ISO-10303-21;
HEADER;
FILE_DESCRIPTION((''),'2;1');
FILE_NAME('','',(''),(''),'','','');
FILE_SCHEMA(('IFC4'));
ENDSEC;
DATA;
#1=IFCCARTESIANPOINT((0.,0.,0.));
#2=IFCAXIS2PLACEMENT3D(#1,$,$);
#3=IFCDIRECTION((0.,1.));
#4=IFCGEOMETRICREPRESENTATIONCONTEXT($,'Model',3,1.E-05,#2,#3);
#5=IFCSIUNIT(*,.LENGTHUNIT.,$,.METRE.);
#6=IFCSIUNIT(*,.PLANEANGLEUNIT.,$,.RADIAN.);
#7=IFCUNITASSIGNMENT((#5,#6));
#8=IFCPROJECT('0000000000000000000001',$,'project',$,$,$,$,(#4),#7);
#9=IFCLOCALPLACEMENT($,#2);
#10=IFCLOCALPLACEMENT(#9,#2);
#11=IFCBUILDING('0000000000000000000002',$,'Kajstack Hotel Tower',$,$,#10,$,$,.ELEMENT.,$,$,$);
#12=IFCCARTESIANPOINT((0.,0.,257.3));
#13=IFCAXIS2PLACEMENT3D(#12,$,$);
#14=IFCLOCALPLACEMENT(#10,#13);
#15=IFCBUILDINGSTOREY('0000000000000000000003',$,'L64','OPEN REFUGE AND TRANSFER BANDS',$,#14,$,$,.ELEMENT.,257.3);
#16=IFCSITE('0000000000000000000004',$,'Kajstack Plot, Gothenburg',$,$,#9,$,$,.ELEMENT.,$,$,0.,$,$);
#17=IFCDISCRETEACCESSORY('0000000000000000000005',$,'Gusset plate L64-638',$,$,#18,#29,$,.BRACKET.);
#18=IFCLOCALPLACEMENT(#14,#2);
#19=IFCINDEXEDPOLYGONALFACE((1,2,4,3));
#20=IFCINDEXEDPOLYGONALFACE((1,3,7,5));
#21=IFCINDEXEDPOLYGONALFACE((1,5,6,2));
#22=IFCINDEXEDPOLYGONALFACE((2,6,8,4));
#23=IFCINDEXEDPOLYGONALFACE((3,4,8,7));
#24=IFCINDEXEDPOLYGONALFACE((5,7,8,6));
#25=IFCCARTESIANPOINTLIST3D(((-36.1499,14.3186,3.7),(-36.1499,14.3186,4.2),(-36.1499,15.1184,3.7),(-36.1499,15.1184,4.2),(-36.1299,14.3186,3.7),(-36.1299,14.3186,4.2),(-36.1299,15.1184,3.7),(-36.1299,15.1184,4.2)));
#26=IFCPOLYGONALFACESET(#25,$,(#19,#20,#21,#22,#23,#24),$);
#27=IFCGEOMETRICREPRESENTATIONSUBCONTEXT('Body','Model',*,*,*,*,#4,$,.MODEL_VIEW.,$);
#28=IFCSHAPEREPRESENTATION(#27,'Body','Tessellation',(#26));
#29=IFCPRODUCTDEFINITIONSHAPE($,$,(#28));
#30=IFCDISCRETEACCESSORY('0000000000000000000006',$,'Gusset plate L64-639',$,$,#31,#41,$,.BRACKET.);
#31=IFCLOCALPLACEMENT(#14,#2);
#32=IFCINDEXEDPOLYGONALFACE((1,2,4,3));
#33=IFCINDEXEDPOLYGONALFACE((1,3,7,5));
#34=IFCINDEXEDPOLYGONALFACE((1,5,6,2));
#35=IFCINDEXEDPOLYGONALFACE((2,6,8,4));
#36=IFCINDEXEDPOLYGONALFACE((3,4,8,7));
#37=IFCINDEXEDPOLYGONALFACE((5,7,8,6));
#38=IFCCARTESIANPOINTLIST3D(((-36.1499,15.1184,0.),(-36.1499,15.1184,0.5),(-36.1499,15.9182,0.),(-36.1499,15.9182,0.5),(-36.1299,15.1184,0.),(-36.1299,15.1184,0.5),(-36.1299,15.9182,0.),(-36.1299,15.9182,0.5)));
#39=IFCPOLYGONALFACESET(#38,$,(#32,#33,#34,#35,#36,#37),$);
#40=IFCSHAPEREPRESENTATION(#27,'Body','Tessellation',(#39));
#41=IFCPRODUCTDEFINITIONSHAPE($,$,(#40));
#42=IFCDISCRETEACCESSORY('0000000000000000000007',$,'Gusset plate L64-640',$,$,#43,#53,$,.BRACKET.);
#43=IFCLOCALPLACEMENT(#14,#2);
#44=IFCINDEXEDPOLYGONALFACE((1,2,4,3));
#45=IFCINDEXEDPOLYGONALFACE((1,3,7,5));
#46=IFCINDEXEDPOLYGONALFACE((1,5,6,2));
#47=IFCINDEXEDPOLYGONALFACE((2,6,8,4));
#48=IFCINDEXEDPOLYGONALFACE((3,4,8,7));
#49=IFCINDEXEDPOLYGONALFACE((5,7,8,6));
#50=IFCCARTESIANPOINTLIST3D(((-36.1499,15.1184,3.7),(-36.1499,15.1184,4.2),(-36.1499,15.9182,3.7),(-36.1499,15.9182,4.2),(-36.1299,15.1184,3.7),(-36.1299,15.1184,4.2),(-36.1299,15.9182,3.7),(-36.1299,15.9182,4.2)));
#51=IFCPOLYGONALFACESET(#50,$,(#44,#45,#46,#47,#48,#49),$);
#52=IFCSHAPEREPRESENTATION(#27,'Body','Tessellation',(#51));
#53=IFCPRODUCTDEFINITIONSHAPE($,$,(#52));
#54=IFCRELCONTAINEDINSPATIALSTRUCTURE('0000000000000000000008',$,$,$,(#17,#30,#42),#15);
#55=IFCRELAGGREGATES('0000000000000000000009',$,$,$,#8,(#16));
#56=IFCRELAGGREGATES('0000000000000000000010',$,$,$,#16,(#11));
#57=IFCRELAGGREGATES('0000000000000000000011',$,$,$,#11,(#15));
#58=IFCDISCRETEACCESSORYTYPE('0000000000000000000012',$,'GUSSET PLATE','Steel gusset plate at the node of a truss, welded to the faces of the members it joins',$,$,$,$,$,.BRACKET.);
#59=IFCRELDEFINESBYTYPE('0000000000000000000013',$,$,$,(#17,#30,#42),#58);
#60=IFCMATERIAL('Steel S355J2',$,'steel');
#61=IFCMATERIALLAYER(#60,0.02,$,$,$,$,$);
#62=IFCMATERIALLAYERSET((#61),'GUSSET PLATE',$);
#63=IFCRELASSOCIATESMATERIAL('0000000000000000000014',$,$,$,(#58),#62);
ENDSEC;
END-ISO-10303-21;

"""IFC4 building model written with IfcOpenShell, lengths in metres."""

from ifc_helpers import new_model, si_unit, direction, frame, origin, place, context, subcontext, project, spatial, polyline, outline, extrude, material, layer, layer_set, type_object, element, save


model = new_model("IFC4")

# Units and contexts
model_context = context("Model", 3, precision=1e-05, world=origin(), true_north=direction((0.0, 1.0)))
body_context = subcontext(model_context, "Body", "Model", "MODEL_VIEW")
ifc_project = project(units=[si_unit("LENGTHUNIT", "METRE"), si_unit("PLANEANGLEUNIT", "RADIAN")], contexts=[model_context])

# Site, building, storey
site_placement = place(None, origin())
site = spatial("IfcSite", under=ifc_project, at=site_placement, Name="Kajstack Plot, Gothenburg", CompositionType="ELEMENT", RefElevation=0.0)
building_placement = place(site_placement, origin())
building = spatial("IfcBuilding", under=site, at=building_placement, Name="Kajstack Hotel Tower", CompositionType="ELEMENT")
storey_placement = place(building_placement, frame((0.0, 0.0, 257.3)))
storey = spatial("IfcBuildingStorey", under=building, at=storey_placement, Name="L64", Description="OPEN REFUGE AND TRANSFER BANDS", CompositionType="ELEMENT", Elevation=257.3)

# Shared definitions
ifc_material = material(Name="Steel S355J2", Category="steel")

# Discrete accessories
ifc_layer = layer(ifc_material, 0.02)
ifc_layer_set = layer_set([ifc_layer], Name="GUSSET PLATE")
discrete_accessory_type = type_object("IfcDiscreteAccessoryType", Name="GUSSET PLATE", Description="Steel gusset plate at the node of a truss, welded to the faces of the members it joins", PredefinedType="BRACKET", material=ifc_layer_set)
for number, where, z_axis, x_axis, name in (
    (1, (-36.1499, 14.7185, 3.7), (1.0, 0.0, 0.0), (0.0, 1.0, 0.0), "Gusset plate L64-638"),
    (2, (-36.1499, 15.5183, 0.0), (1.0, 0.0, 0.0), (0.0, 1.0, 0.0), "Gusset plate L64-639"),
    (3, (-36.1499, 15.5183, 3.7), (1.0, 0.0, 0.0), (0.0, 1.0, 0.0), "Gusset plate L64-640"),
):
    element("IfcDiscreteAccessory", number, at=place(storey_placement, frame(where, z_axis=z_axis, x_axis=x_axis)), inside=storey, type_object=discrete_accessory_type, Name=name, PredefinedType="BRACKET", context=body_context, shape_type="SweptSolid", body=[
        extrude(outline(polyline([(-0.3999, 0.0), (0.3999, 0.0), (0.3999, 0.5), (-0.3999, 0.5), (-0.3999, 0.0)])), origin(), (0.0, 0.0, 1.0), 0.02),
    ])

save(model, "model.ifc")
